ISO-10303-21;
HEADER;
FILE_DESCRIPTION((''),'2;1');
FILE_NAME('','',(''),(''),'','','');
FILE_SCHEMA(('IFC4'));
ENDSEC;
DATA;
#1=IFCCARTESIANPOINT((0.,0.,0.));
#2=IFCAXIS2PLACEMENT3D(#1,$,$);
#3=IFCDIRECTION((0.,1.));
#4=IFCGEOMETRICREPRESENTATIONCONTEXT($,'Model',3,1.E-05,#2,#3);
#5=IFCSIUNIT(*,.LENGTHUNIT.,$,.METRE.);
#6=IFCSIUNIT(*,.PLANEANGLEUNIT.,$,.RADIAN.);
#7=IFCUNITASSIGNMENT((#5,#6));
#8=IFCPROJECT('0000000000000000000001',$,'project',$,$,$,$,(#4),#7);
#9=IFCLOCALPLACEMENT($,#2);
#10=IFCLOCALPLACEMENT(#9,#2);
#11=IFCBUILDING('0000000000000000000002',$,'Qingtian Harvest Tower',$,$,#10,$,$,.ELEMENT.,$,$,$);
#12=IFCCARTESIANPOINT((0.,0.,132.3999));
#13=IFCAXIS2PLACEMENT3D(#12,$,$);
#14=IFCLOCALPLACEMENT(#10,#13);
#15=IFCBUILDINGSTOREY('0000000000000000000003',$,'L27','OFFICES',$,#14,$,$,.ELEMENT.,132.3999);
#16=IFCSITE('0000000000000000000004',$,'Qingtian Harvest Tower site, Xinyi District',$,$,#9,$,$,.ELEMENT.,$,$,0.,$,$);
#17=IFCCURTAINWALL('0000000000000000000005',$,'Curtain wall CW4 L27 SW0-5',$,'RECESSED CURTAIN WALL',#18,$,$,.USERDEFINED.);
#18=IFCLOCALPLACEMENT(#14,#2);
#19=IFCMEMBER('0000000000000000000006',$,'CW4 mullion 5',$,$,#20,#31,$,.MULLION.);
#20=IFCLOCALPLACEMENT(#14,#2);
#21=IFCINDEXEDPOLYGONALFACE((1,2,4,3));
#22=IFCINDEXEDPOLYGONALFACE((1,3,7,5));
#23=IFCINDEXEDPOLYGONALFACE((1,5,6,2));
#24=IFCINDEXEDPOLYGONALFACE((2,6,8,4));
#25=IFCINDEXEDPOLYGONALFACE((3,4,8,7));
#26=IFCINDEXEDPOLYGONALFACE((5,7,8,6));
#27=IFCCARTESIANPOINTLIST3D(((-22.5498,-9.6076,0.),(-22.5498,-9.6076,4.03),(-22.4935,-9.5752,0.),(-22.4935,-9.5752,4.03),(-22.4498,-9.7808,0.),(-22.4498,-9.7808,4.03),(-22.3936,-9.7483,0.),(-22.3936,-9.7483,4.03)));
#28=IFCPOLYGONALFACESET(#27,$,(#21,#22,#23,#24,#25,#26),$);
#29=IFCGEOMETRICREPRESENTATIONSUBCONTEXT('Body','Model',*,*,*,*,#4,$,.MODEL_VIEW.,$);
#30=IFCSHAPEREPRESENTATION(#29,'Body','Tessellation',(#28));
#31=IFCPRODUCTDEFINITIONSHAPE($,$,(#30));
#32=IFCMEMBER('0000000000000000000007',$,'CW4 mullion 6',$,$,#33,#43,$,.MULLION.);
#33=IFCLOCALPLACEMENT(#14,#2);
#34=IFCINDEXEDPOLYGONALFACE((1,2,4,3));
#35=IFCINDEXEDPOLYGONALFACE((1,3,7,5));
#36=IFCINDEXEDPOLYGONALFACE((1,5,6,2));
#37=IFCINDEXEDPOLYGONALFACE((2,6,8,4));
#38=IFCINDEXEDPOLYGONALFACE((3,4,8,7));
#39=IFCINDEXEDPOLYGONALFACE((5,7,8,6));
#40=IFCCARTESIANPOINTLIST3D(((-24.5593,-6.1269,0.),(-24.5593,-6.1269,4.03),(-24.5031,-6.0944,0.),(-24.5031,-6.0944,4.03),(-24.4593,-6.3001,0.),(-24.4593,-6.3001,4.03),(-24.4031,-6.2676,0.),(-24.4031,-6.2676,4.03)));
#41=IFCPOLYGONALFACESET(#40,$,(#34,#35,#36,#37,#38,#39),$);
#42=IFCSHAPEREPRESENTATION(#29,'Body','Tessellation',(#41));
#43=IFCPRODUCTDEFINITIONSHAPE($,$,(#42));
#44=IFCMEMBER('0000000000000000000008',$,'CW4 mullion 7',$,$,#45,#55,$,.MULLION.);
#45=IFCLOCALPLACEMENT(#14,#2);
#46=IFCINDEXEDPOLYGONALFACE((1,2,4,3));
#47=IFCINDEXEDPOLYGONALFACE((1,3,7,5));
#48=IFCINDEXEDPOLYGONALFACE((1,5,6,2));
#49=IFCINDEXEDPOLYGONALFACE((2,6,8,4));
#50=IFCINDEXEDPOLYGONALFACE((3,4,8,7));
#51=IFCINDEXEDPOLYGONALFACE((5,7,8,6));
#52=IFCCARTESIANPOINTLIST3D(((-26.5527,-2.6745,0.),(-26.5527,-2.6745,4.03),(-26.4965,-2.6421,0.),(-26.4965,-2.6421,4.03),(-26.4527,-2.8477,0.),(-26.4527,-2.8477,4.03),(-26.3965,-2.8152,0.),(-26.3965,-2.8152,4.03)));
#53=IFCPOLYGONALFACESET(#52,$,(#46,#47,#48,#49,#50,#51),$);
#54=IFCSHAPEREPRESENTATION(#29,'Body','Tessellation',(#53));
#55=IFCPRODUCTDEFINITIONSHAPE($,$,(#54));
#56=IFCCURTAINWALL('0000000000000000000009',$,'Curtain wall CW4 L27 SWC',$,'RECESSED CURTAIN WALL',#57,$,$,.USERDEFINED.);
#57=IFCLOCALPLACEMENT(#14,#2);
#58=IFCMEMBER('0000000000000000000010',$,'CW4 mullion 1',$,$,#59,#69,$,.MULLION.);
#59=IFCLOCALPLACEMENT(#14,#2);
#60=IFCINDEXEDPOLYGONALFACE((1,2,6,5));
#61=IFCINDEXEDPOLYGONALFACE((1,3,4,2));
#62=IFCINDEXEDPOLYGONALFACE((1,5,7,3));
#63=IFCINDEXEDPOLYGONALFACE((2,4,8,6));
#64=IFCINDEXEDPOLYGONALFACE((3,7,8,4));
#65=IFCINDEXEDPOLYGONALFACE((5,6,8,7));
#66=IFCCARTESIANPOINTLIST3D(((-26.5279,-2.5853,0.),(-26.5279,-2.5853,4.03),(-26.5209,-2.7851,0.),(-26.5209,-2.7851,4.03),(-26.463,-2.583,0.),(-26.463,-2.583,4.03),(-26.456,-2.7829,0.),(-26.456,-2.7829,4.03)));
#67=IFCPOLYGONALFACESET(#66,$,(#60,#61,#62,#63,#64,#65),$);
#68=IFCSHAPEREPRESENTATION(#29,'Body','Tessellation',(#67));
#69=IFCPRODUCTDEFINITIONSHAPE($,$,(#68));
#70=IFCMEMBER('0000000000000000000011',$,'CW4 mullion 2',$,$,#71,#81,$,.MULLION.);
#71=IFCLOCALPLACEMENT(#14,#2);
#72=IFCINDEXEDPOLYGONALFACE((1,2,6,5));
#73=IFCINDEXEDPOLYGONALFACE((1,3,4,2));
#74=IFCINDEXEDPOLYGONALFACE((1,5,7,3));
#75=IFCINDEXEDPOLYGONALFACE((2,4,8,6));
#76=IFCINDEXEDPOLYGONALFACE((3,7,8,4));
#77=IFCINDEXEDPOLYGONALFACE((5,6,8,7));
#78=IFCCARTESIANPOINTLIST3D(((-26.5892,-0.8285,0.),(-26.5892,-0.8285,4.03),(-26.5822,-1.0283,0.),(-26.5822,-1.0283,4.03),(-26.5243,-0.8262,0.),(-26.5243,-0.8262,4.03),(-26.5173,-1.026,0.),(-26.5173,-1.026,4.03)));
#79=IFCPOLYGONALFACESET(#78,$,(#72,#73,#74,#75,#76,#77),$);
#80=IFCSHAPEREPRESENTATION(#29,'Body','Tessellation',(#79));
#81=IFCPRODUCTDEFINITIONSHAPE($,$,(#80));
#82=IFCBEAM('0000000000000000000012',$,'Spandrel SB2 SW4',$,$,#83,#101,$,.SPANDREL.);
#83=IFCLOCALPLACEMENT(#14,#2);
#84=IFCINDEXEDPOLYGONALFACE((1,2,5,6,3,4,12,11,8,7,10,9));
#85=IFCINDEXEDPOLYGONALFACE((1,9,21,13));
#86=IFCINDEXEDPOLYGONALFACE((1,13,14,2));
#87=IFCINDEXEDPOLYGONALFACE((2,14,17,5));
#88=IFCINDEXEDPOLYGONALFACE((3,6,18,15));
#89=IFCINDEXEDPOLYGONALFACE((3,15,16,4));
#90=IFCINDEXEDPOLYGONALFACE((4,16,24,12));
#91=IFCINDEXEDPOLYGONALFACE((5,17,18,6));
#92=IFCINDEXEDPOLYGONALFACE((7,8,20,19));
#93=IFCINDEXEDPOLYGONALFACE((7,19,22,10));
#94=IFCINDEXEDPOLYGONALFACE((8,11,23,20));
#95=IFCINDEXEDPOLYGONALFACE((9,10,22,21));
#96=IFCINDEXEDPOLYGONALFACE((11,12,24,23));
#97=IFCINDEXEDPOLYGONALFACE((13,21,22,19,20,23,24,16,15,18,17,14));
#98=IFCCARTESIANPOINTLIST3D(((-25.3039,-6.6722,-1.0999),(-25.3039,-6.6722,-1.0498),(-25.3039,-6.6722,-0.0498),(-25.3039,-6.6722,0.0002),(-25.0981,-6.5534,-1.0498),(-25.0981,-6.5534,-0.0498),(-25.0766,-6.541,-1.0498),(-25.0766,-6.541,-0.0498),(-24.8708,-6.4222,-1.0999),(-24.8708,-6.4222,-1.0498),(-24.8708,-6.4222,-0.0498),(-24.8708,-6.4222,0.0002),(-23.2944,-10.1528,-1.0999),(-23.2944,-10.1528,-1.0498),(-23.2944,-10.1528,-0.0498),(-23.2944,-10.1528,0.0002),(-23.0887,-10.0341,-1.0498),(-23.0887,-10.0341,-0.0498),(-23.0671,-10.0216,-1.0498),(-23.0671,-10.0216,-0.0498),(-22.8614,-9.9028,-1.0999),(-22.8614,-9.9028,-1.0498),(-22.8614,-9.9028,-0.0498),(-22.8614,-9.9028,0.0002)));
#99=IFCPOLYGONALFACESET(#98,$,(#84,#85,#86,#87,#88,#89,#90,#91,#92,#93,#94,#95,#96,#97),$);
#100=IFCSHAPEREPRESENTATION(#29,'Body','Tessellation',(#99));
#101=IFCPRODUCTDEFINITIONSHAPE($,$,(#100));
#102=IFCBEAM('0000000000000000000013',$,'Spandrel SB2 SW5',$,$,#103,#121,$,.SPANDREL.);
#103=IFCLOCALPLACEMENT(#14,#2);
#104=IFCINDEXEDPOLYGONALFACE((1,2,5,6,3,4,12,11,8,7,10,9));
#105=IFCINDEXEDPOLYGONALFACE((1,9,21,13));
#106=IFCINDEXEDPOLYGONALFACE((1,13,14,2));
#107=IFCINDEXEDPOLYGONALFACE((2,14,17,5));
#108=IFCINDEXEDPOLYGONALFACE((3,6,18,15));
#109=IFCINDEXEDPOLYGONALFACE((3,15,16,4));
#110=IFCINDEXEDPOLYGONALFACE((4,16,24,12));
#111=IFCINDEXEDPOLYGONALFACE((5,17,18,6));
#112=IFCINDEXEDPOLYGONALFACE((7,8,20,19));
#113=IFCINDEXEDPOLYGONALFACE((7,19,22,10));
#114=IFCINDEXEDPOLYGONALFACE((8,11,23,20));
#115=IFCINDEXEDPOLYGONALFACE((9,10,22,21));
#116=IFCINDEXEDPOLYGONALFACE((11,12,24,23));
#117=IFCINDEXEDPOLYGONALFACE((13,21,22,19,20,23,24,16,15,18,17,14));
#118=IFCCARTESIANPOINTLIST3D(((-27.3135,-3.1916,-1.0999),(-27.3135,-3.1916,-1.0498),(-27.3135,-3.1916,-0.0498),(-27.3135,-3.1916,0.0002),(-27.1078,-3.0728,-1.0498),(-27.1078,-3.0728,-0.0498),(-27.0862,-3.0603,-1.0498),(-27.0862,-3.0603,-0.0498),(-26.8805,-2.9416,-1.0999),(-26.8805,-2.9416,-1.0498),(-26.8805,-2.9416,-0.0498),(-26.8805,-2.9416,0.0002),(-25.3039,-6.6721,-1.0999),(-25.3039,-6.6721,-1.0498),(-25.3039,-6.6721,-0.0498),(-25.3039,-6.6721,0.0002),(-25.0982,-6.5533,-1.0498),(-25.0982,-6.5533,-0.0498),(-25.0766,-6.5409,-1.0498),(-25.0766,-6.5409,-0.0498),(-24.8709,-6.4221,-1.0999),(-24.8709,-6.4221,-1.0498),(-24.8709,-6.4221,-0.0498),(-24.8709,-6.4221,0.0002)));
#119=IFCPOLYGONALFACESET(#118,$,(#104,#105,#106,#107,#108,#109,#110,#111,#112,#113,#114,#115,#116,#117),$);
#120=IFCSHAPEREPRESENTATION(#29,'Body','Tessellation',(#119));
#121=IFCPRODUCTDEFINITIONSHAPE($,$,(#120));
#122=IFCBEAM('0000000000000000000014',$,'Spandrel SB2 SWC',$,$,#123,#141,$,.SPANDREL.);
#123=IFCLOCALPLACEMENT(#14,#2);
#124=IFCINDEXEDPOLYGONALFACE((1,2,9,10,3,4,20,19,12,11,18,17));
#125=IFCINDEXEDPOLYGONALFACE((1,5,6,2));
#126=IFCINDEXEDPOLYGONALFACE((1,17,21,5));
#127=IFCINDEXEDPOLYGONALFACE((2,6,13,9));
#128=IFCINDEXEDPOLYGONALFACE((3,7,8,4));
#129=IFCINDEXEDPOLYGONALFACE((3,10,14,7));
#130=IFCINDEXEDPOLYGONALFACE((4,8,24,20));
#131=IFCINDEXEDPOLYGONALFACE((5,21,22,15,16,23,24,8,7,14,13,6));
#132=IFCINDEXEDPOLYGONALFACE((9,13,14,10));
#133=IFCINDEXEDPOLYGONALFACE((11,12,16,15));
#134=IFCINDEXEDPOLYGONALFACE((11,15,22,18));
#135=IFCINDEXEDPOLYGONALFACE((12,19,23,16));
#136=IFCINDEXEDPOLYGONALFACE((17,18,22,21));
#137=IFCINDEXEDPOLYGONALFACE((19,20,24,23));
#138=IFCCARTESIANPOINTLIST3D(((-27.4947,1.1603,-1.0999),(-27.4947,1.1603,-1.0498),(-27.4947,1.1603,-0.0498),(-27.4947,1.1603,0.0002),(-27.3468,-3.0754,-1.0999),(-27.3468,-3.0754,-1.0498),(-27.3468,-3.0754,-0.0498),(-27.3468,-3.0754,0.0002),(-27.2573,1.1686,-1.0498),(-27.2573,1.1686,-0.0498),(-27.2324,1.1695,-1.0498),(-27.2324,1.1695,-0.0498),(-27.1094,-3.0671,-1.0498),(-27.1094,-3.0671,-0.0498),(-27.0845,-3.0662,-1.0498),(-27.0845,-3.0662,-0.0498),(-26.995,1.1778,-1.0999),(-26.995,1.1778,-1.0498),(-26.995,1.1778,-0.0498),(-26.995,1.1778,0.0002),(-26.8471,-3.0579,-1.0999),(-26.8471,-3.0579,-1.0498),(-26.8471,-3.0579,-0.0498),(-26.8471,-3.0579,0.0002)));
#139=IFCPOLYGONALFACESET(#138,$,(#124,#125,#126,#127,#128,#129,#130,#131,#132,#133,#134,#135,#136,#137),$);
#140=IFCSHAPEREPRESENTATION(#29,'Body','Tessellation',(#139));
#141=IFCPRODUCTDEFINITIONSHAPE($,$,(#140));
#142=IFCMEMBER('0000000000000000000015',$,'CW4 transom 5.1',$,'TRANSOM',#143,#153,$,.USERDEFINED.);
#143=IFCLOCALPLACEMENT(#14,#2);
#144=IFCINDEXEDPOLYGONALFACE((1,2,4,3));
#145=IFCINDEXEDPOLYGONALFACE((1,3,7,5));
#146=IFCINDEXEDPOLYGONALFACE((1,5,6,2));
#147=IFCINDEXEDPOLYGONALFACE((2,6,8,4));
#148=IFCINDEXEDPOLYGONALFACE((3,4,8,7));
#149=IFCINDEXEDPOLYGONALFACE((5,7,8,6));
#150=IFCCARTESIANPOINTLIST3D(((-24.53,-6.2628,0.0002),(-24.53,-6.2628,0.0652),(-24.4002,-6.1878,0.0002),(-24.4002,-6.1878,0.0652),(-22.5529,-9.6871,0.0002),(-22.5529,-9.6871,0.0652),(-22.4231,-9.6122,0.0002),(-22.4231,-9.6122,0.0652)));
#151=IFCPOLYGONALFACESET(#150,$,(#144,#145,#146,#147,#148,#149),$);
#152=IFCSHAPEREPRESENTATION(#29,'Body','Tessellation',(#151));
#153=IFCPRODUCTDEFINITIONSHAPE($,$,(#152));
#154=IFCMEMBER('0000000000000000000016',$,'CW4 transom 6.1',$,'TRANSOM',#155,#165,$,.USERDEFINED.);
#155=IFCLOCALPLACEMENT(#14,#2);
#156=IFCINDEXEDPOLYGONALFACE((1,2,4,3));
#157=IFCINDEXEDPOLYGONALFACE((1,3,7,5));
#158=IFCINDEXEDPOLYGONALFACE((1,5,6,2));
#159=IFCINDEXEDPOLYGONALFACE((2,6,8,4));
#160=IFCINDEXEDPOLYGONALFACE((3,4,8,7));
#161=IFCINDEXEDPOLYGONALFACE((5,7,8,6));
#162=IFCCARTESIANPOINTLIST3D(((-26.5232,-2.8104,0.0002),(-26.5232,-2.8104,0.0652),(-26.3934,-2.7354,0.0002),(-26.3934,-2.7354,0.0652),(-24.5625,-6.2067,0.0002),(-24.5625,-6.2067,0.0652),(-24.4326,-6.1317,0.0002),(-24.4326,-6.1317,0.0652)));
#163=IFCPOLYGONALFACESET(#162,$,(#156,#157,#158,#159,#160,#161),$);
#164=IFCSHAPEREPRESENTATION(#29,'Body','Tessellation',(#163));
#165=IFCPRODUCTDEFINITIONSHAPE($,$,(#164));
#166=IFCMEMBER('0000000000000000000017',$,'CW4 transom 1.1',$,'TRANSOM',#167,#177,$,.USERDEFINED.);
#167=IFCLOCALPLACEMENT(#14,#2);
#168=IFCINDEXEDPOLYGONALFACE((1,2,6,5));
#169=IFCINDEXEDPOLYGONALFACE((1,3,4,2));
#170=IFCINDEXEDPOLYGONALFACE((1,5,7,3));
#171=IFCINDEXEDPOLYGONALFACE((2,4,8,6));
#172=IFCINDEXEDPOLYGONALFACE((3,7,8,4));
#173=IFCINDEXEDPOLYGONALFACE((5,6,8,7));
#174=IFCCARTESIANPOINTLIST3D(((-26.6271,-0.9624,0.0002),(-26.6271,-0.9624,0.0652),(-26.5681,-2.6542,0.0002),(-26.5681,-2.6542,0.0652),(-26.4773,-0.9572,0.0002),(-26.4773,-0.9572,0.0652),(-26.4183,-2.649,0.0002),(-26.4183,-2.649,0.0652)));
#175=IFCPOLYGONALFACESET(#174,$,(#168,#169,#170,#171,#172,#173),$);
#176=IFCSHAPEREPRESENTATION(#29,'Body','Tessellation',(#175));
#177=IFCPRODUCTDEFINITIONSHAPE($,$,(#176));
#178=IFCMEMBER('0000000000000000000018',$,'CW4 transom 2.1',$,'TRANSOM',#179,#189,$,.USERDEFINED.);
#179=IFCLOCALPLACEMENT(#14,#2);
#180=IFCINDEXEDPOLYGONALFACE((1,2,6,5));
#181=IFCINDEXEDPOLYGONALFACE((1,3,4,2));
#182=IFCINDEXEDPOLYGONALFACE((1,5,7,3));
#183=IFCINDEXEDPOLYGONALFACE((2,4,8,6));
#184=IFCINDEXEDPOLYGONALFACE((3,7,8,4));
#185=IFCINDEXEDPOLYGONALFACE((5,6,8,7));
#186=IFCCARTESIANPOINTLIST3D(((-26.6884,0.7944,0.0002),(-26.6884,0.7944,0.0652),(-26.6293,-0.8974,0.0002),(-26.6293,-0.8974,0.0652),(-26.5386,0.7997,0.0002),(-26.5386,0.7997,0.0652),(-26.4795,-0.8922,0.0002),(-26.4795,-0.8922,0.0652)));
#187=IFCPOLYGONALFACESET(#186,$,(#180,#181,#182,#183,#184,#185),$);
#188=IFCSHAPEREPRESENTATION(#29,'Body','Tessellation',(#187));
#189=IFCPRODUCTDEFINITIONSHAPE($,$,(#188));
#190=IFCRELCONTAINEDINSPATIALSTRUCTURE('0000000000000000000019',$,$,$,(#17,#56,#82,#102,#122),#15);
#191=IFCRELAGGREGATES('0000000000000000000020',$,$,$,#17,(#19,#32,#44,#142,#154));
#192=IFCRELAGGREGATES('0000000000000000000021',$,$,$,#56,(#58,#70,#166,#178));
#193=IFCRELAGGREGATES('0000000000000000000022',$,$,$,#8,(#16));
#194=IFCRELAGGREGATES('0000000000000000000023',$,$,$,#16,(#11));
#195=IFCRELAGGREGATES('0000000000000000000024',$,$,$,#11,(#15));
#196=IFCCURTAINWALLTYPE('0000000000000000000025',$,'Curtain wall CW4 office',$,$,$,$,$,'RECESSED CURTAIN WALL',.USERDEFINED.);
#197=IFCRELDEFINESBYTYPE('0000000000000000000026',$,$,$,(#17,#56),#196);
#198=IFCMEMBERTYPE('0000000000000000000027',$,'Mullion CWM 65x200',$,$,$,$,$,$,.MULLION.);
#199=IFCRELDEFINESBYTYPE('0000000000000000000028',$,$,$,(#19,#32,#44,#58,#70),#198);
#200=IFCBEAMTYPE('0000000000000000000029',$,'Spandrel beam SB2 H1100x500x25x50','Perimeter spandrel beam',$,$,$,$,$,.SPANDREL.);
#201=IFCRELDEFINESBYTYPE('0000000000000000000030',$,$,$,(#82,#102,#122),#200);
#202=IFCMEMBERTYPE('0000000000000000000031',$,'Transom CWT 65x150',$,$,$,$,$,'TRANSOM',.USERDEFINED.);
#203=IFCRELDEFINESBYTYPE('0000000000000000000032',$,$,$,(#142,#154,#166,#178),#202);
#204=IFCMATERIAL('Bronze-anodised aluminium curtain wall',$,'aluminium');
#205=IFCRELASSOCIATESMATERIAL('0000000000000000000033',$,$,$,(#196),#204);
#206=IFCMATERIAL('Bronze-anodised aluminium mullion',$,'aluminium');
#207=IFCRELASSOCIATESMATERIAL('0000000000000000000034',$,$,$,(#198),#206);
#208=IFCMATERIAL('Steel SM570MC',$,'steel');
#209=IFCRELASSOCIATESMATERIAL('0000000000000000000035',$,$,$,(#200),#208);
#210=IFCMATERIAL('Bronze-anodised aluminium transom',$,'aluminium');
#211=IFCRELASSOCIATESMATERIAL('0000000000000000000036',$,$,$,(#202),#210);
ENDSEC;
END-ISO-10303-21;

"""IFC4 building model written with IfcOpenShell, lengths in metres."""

from ifc_helpers import new_model, si_unit, direction, frame, origin, origin_2d, place, context, subcontext, project, spatial, rectangle, i_section, extrude, material, material_profile, profile_set, type_object, element, aggregate, save


model = new_model("IFC4")

# Units and contexts
model_context = context("Model", 3, precision=1e-05, world=origin(), true_north=direction((0.0, 1.0)))
body_context = subcontext(model_context, "Body", "Model", "MODEL_VIEW")
ifc_project = project(units=[si_unit("LENGTHUNIT", "METRE"), si_unit("PLANEANGLEUNIT", "RADIAN")], contexts=[model_context])

# Site, building, storey
site_placement = place(None, origin())
site = spatial("IfcSite", under=ifc_project, at=site_placement, Name="Qingtian Harvest Tower site, Xinyi District", CompositionType="ELEMENT", RefElevation=0.0)
building_placement = place(site_placement, origin())
building = spatial("IfcBuilding", under=site, at=building_placement, Name="Qingtian Harvest Tower", CompositionType="ELEMENT")
storey_placement = place(building_placement, frame((0.0, 0.0, 132.3999)))
storey = spatial("IfcBuildingStorey", under=building, at=storey_placement, Name="L27", Description="OFFICES", CompositionType="ELEMENT", Elevation=132.3999)

# Curtain walls, members
ifc_material_1 = material(Name="Bronze-anodised aluminium curtain wall", Category="aluminium")
curtain_wall_type = type_object("IfcCurtainWallType", Name="Curtain wall CW4 office", ElementType="RECESSED CURTAIN WALL", PredefinedType="USERDEFINED", material=ifc_material_1)
curtain_wall_1_placement = place(storey_placement, origin())
curtain_wall_1 = element("IfcCurtainWall", 1, at=curtain_wall_1_placement, inside=storey, type_object=curtain_wall_type, Name="Curtain wall CW4 L27 SW0-5", ObjectType="RECESSED CURTAIN WALL", PredefinedType="USERDEFINED")
ifc_material_2 = material(Name="Bronze-anodised aluminium mullion", Category="aluminium")
ifc_material_profile_1 = material_profile(ifc_material_2, rectangle(XDim=0.0649, YDim=0.2, at=origin_2d()), Name="AL 65x200")
ifc_profile_set_1 = profile_set([ifc_material_profile_1], Name="Bronze-anodised aluminium mullion")
member_type_1 = type_object("IfcMemberType", Name="Mullion CWM 65x200", PredefinedType="MULLION", material=ifc_profile_set_1)
member_1_placement = place(storey_placement, frame((-22.4717, -9.678, 0.0), z_axis=(0.0, 0.0, 1.0), x_axis=(-0.866025, -0.5, 0.0)))
member_1 = element("IfcMember", 2, at=member_1_placement, type_object=member_type_1, Name="CW4 mullion 5", PredefinedType="MULLION", context=body_context, shape_type="SweptSolid", body=[
    extrude(rectangle(XDim=0.0649, YDim=0.2, at=origin_2d()), origin(), (0.0, 0.0, 1.0), 4.03),
])
member_2_placement = place(storey_placement, frame((-24.4812, -6.1973, 0.0), z_axis=(0.0, 0.0, 1.0), x_axis=(-0.866025, -0.5, 0.0)))
member_2 = element("IfcMember", 3, at=member_2_placement, type_object=member_type_1, Name="CW4 mullion 6", PredefinedType="MULLION", context=body_context, shape_type="SweptSolid", body=[
    extrude(rectangle(XDim=0.0649, YDim=0.2, at=origin_2d()), origin(), (0.0, 0.0, 1.0), 4.03),
])
member_3_placement = place(storey_placement, frame((-26.4746, -2.7449, 0.0), z_axis=(0.0, 0.0, 1.0), x_axis=(-0.866025, -0.5, 0.0)))
member_3 = element("IfcMember", 4, at=member_3_placement, type_object=member_type_1, Name="CW4 mullion 7", PredefinedType="MULLION", context=body_context, shape_type="SweptSolid", body=[
    extrude(rectangle(XDim=0.0649, YDim=0.2, at=origin_2d()), origin(), (0.0, 0.0, 1.0), 4.03),
])
curtain_wall_2_placement = place(storey_placement, origin())
curtain_wall_2 = element("IfcCurtainWall", 5, at=curtain_wall_2_placement, inside=storey, type_object=curtain_wall_type, Name="Curtain wall CW4 L27 SWC", ObjectType="RECESSED CURTAIN WALL", PredefinedType="USERDEFINED")
member_4_placement = place(storey_placement, frame((-26.4919, -2.6841, 0.0), z_axis=(0.0, 0.0, 1.0), x_axis=(-0.999391, -0.034899, 0.0)))
member_4 = element("IfcMember", 6, at=member_4_placement, type_object=member_type_1, Name="CW4 mullion 1", PredefinedType="MULLION", context=body_context, shape_type="SweptSolid", body=[
    extrude(rectangle(XDim=0.0649, YDim=0.2, at=origin_2d()), origin(), (0.0, 0.0, 1.0), 4.03),
])
member_5_placement = place(storey_placement, frame((-26.5532, -0.9272, 0.0), z_axis=(0.0, 0.0, 1.0), x_axis=(-0.999391, -0.034899, 0.0)))
member_5 = element("IfcMember", 7, at=member_5_placement, type_object=member_type_1, Name="CW4 mullion 2", PredefinedType="MULLION", context=body_context, shape_type="SweptSolid", body=[
    extrude(rectangle(XDim=0.0649, YDim=0.2, at=origin_2d()), origin(), (0.0, 0.0, 1.0), 4.03),
])

# Beams
ifc_material_3 = material(Name="Steel SM570MC", Category="steel")
ifc_material_profile_2 = material_profile(ifc_material_3, i_section(OverallWidth=0.5, OverallDepth=1.1001, WebThickness=0.0249, FlangeThickness=0.05, at=origin_2d()), Name="H1100x500x25x50")
ifc_profile_set_2 = profile_set([ifc_material_profile_2], Name="Steel SM570MC")
beam_type_1 = type_object("IfcBeamType", Name="Spandrel beam SB2 H1100x500x25x50", Description="Perimeter spandrel beam", PredefinedType="SPANDREL", material=ifc_profile_set_2)
for number, where, z_axis, x_axis, name in (
    (8, (-23.0779, -10.0278, -0.5498), (-0.499987, 0.866033, 0.0), (-0.866033, -0.499987, 0.0), "Spandrel SB2 SW4"),
    (9, (-25.0874, -6.5471, -0.5498), (-0.500013, 0.866018, 0.0), (-0.866018, -0.500013, 0.0), "Spandrel SB2 SW5"),
):
    element("IfcBeam", number, at=place(storey_placement, frame(where, z_axis=z_axis, x_axis=x_axis)), inside=storey, type_object=beam_type_1, Name=name, PredefinedType="SPANDREL", context=body_context, shape_type="SweptSolid", body=[
        extrude(i_section(OverallWidth=0.5, OverallDepth=1.1001, WebThickness=0.0249, FlangeThickness=0.05, at=origin_2d()), origin(), (0.0, 0.0, 1.0), 4.019),
    ])
beam_1_placement = place(storey_placement, frame((-27.0969, -3.0667, -0.5498), z_axis=(-0.034909, 0.999391, 0.0), x_axis=(-0.999391, -0.034909, 0.0)))
element("IfcBeam", 10, at=beam_1_placement, inside=storey, type_object=beam_type_1, Name="Spandrel SB2 SWC", PredefinedType="SPANDREL", context=body_context, shape_type="SweptSolid", body=[
    extrude(i_section(OverallWidth=0.5, OverallDepth=1.1001, WebThickness=0.0249, FlangeThickness=0.05, at=origin_2d()), origin(), (0.0, 0.0, 1.0), 4.2383),
])

# Members
ifc_material_4 = material(Name="Bronze-anodised aluminium transom", Category="aluminium")
ifc_material_profile_3 = material_profile(ifc_material_4, rectangle(XDim=0.1499, YDim=0.0649, at=origin_2d()), Name="AL 65x150")
ifc_profile_set_3 = profile_set([ifc_material_profile_3], Name="Bronze-anodised aluminium transom")
member_type_2 = type_object("IfcMemberType", Name="Transom CWT 65x150", ElementType="TRANSOM", PredefinedType="USERDEFINED", material=ifc_profile_set_3)
member_6_placement = place(storey_placement, frame((-22.488, -9.6497, 0.0327), z_axis=(-0.500004, 0.866023, 0.0), x_axis=(-0.866023, -0.500004, 0.0)))
member_6 = element("IfcMember", 11, at=member_6_placement, type_object=member_type_2, Name="CW4 transom 5.1", ObjectType="TRANSOM", PredefinedType="USERDEFINED", context=body_context, shape_type="SweptSolid", body=[
    extrude(rectangle(XDim=0.1499, YDim=0.0649, at=origin_2d()), origin(), (0.0, 0.0, 1.0), 3.9541),
])
member_7_placement = place(storey_placement, frame((-24.4976, -6.1692, 0.0327), z_axis=(-0.499976, 0.866039, 0.0), x_axis=(-0.866039, -0.499976, 0.0)))
member_7 = element("IfcMember", 12, at=member_7_placement, type_object=member_type_2, Name="CW4 transom 6.1", ObjectType="TRANSOM", PredefinedType="USERDEFINED", context=body_context, shape_type="SweptSolid", body=[
    extrude(rectangle(XDim=0.1499, YDim=0.0649, at=origin_2d()), origin(), (0.0, 0.0, 1.0), 3.9216),
])
member_8_placement = place(storey_placement, frame((-26.4932, -2.6516, 0.0327), z_axis=(-0.034899, 0.999391, 0.0), x_axis=(-0.999391, -0.034899, 0.0)))
member_8 = element("IfcMember", 13, at=member_8_placement, type_object=member_type_2, Name="CW4 transom 1.1", ObjectType="TRANSOM", PredefinedType="USERDEFINED", context=body_context, shape_type="SweptSolid", body=[
    extrude(rectangle(XDim=0.1499, YDim=0.0649, at=origin_2d()), origin(), (0.0, 0.0, 1.0), 1.6929),
])
member_9_placement = place(storey_placement, frame((-26.5544, -0.8948, 0.0327), z_axis=(-0.034899, 0.999391, 0.0), x_axis=(-0.999391, -0.034899, 0.0)))
member_9 = element("IfcMember", 14, at=member_9_placement, type_object=member_type_2, Name="CW4 transom 2.1", ObjectType="TRANSOM", PredefinedType="USERDEFINED", context=body_context, shape_type="SweptSolid", body=[
    extrude(rectangle(XDim=0.1499, YDim=0.0649, at=origin_2d()), origin(), (0.0, 0.0, 1.0), 1.6929),
])

aggregate(curtain_wall_1, [member_1, member_2, member_3, member_6, member_7])
aggregate(curtain_wall_2, [member_4, member_5, member_8, member_9])

save(model, "model.ifc")
